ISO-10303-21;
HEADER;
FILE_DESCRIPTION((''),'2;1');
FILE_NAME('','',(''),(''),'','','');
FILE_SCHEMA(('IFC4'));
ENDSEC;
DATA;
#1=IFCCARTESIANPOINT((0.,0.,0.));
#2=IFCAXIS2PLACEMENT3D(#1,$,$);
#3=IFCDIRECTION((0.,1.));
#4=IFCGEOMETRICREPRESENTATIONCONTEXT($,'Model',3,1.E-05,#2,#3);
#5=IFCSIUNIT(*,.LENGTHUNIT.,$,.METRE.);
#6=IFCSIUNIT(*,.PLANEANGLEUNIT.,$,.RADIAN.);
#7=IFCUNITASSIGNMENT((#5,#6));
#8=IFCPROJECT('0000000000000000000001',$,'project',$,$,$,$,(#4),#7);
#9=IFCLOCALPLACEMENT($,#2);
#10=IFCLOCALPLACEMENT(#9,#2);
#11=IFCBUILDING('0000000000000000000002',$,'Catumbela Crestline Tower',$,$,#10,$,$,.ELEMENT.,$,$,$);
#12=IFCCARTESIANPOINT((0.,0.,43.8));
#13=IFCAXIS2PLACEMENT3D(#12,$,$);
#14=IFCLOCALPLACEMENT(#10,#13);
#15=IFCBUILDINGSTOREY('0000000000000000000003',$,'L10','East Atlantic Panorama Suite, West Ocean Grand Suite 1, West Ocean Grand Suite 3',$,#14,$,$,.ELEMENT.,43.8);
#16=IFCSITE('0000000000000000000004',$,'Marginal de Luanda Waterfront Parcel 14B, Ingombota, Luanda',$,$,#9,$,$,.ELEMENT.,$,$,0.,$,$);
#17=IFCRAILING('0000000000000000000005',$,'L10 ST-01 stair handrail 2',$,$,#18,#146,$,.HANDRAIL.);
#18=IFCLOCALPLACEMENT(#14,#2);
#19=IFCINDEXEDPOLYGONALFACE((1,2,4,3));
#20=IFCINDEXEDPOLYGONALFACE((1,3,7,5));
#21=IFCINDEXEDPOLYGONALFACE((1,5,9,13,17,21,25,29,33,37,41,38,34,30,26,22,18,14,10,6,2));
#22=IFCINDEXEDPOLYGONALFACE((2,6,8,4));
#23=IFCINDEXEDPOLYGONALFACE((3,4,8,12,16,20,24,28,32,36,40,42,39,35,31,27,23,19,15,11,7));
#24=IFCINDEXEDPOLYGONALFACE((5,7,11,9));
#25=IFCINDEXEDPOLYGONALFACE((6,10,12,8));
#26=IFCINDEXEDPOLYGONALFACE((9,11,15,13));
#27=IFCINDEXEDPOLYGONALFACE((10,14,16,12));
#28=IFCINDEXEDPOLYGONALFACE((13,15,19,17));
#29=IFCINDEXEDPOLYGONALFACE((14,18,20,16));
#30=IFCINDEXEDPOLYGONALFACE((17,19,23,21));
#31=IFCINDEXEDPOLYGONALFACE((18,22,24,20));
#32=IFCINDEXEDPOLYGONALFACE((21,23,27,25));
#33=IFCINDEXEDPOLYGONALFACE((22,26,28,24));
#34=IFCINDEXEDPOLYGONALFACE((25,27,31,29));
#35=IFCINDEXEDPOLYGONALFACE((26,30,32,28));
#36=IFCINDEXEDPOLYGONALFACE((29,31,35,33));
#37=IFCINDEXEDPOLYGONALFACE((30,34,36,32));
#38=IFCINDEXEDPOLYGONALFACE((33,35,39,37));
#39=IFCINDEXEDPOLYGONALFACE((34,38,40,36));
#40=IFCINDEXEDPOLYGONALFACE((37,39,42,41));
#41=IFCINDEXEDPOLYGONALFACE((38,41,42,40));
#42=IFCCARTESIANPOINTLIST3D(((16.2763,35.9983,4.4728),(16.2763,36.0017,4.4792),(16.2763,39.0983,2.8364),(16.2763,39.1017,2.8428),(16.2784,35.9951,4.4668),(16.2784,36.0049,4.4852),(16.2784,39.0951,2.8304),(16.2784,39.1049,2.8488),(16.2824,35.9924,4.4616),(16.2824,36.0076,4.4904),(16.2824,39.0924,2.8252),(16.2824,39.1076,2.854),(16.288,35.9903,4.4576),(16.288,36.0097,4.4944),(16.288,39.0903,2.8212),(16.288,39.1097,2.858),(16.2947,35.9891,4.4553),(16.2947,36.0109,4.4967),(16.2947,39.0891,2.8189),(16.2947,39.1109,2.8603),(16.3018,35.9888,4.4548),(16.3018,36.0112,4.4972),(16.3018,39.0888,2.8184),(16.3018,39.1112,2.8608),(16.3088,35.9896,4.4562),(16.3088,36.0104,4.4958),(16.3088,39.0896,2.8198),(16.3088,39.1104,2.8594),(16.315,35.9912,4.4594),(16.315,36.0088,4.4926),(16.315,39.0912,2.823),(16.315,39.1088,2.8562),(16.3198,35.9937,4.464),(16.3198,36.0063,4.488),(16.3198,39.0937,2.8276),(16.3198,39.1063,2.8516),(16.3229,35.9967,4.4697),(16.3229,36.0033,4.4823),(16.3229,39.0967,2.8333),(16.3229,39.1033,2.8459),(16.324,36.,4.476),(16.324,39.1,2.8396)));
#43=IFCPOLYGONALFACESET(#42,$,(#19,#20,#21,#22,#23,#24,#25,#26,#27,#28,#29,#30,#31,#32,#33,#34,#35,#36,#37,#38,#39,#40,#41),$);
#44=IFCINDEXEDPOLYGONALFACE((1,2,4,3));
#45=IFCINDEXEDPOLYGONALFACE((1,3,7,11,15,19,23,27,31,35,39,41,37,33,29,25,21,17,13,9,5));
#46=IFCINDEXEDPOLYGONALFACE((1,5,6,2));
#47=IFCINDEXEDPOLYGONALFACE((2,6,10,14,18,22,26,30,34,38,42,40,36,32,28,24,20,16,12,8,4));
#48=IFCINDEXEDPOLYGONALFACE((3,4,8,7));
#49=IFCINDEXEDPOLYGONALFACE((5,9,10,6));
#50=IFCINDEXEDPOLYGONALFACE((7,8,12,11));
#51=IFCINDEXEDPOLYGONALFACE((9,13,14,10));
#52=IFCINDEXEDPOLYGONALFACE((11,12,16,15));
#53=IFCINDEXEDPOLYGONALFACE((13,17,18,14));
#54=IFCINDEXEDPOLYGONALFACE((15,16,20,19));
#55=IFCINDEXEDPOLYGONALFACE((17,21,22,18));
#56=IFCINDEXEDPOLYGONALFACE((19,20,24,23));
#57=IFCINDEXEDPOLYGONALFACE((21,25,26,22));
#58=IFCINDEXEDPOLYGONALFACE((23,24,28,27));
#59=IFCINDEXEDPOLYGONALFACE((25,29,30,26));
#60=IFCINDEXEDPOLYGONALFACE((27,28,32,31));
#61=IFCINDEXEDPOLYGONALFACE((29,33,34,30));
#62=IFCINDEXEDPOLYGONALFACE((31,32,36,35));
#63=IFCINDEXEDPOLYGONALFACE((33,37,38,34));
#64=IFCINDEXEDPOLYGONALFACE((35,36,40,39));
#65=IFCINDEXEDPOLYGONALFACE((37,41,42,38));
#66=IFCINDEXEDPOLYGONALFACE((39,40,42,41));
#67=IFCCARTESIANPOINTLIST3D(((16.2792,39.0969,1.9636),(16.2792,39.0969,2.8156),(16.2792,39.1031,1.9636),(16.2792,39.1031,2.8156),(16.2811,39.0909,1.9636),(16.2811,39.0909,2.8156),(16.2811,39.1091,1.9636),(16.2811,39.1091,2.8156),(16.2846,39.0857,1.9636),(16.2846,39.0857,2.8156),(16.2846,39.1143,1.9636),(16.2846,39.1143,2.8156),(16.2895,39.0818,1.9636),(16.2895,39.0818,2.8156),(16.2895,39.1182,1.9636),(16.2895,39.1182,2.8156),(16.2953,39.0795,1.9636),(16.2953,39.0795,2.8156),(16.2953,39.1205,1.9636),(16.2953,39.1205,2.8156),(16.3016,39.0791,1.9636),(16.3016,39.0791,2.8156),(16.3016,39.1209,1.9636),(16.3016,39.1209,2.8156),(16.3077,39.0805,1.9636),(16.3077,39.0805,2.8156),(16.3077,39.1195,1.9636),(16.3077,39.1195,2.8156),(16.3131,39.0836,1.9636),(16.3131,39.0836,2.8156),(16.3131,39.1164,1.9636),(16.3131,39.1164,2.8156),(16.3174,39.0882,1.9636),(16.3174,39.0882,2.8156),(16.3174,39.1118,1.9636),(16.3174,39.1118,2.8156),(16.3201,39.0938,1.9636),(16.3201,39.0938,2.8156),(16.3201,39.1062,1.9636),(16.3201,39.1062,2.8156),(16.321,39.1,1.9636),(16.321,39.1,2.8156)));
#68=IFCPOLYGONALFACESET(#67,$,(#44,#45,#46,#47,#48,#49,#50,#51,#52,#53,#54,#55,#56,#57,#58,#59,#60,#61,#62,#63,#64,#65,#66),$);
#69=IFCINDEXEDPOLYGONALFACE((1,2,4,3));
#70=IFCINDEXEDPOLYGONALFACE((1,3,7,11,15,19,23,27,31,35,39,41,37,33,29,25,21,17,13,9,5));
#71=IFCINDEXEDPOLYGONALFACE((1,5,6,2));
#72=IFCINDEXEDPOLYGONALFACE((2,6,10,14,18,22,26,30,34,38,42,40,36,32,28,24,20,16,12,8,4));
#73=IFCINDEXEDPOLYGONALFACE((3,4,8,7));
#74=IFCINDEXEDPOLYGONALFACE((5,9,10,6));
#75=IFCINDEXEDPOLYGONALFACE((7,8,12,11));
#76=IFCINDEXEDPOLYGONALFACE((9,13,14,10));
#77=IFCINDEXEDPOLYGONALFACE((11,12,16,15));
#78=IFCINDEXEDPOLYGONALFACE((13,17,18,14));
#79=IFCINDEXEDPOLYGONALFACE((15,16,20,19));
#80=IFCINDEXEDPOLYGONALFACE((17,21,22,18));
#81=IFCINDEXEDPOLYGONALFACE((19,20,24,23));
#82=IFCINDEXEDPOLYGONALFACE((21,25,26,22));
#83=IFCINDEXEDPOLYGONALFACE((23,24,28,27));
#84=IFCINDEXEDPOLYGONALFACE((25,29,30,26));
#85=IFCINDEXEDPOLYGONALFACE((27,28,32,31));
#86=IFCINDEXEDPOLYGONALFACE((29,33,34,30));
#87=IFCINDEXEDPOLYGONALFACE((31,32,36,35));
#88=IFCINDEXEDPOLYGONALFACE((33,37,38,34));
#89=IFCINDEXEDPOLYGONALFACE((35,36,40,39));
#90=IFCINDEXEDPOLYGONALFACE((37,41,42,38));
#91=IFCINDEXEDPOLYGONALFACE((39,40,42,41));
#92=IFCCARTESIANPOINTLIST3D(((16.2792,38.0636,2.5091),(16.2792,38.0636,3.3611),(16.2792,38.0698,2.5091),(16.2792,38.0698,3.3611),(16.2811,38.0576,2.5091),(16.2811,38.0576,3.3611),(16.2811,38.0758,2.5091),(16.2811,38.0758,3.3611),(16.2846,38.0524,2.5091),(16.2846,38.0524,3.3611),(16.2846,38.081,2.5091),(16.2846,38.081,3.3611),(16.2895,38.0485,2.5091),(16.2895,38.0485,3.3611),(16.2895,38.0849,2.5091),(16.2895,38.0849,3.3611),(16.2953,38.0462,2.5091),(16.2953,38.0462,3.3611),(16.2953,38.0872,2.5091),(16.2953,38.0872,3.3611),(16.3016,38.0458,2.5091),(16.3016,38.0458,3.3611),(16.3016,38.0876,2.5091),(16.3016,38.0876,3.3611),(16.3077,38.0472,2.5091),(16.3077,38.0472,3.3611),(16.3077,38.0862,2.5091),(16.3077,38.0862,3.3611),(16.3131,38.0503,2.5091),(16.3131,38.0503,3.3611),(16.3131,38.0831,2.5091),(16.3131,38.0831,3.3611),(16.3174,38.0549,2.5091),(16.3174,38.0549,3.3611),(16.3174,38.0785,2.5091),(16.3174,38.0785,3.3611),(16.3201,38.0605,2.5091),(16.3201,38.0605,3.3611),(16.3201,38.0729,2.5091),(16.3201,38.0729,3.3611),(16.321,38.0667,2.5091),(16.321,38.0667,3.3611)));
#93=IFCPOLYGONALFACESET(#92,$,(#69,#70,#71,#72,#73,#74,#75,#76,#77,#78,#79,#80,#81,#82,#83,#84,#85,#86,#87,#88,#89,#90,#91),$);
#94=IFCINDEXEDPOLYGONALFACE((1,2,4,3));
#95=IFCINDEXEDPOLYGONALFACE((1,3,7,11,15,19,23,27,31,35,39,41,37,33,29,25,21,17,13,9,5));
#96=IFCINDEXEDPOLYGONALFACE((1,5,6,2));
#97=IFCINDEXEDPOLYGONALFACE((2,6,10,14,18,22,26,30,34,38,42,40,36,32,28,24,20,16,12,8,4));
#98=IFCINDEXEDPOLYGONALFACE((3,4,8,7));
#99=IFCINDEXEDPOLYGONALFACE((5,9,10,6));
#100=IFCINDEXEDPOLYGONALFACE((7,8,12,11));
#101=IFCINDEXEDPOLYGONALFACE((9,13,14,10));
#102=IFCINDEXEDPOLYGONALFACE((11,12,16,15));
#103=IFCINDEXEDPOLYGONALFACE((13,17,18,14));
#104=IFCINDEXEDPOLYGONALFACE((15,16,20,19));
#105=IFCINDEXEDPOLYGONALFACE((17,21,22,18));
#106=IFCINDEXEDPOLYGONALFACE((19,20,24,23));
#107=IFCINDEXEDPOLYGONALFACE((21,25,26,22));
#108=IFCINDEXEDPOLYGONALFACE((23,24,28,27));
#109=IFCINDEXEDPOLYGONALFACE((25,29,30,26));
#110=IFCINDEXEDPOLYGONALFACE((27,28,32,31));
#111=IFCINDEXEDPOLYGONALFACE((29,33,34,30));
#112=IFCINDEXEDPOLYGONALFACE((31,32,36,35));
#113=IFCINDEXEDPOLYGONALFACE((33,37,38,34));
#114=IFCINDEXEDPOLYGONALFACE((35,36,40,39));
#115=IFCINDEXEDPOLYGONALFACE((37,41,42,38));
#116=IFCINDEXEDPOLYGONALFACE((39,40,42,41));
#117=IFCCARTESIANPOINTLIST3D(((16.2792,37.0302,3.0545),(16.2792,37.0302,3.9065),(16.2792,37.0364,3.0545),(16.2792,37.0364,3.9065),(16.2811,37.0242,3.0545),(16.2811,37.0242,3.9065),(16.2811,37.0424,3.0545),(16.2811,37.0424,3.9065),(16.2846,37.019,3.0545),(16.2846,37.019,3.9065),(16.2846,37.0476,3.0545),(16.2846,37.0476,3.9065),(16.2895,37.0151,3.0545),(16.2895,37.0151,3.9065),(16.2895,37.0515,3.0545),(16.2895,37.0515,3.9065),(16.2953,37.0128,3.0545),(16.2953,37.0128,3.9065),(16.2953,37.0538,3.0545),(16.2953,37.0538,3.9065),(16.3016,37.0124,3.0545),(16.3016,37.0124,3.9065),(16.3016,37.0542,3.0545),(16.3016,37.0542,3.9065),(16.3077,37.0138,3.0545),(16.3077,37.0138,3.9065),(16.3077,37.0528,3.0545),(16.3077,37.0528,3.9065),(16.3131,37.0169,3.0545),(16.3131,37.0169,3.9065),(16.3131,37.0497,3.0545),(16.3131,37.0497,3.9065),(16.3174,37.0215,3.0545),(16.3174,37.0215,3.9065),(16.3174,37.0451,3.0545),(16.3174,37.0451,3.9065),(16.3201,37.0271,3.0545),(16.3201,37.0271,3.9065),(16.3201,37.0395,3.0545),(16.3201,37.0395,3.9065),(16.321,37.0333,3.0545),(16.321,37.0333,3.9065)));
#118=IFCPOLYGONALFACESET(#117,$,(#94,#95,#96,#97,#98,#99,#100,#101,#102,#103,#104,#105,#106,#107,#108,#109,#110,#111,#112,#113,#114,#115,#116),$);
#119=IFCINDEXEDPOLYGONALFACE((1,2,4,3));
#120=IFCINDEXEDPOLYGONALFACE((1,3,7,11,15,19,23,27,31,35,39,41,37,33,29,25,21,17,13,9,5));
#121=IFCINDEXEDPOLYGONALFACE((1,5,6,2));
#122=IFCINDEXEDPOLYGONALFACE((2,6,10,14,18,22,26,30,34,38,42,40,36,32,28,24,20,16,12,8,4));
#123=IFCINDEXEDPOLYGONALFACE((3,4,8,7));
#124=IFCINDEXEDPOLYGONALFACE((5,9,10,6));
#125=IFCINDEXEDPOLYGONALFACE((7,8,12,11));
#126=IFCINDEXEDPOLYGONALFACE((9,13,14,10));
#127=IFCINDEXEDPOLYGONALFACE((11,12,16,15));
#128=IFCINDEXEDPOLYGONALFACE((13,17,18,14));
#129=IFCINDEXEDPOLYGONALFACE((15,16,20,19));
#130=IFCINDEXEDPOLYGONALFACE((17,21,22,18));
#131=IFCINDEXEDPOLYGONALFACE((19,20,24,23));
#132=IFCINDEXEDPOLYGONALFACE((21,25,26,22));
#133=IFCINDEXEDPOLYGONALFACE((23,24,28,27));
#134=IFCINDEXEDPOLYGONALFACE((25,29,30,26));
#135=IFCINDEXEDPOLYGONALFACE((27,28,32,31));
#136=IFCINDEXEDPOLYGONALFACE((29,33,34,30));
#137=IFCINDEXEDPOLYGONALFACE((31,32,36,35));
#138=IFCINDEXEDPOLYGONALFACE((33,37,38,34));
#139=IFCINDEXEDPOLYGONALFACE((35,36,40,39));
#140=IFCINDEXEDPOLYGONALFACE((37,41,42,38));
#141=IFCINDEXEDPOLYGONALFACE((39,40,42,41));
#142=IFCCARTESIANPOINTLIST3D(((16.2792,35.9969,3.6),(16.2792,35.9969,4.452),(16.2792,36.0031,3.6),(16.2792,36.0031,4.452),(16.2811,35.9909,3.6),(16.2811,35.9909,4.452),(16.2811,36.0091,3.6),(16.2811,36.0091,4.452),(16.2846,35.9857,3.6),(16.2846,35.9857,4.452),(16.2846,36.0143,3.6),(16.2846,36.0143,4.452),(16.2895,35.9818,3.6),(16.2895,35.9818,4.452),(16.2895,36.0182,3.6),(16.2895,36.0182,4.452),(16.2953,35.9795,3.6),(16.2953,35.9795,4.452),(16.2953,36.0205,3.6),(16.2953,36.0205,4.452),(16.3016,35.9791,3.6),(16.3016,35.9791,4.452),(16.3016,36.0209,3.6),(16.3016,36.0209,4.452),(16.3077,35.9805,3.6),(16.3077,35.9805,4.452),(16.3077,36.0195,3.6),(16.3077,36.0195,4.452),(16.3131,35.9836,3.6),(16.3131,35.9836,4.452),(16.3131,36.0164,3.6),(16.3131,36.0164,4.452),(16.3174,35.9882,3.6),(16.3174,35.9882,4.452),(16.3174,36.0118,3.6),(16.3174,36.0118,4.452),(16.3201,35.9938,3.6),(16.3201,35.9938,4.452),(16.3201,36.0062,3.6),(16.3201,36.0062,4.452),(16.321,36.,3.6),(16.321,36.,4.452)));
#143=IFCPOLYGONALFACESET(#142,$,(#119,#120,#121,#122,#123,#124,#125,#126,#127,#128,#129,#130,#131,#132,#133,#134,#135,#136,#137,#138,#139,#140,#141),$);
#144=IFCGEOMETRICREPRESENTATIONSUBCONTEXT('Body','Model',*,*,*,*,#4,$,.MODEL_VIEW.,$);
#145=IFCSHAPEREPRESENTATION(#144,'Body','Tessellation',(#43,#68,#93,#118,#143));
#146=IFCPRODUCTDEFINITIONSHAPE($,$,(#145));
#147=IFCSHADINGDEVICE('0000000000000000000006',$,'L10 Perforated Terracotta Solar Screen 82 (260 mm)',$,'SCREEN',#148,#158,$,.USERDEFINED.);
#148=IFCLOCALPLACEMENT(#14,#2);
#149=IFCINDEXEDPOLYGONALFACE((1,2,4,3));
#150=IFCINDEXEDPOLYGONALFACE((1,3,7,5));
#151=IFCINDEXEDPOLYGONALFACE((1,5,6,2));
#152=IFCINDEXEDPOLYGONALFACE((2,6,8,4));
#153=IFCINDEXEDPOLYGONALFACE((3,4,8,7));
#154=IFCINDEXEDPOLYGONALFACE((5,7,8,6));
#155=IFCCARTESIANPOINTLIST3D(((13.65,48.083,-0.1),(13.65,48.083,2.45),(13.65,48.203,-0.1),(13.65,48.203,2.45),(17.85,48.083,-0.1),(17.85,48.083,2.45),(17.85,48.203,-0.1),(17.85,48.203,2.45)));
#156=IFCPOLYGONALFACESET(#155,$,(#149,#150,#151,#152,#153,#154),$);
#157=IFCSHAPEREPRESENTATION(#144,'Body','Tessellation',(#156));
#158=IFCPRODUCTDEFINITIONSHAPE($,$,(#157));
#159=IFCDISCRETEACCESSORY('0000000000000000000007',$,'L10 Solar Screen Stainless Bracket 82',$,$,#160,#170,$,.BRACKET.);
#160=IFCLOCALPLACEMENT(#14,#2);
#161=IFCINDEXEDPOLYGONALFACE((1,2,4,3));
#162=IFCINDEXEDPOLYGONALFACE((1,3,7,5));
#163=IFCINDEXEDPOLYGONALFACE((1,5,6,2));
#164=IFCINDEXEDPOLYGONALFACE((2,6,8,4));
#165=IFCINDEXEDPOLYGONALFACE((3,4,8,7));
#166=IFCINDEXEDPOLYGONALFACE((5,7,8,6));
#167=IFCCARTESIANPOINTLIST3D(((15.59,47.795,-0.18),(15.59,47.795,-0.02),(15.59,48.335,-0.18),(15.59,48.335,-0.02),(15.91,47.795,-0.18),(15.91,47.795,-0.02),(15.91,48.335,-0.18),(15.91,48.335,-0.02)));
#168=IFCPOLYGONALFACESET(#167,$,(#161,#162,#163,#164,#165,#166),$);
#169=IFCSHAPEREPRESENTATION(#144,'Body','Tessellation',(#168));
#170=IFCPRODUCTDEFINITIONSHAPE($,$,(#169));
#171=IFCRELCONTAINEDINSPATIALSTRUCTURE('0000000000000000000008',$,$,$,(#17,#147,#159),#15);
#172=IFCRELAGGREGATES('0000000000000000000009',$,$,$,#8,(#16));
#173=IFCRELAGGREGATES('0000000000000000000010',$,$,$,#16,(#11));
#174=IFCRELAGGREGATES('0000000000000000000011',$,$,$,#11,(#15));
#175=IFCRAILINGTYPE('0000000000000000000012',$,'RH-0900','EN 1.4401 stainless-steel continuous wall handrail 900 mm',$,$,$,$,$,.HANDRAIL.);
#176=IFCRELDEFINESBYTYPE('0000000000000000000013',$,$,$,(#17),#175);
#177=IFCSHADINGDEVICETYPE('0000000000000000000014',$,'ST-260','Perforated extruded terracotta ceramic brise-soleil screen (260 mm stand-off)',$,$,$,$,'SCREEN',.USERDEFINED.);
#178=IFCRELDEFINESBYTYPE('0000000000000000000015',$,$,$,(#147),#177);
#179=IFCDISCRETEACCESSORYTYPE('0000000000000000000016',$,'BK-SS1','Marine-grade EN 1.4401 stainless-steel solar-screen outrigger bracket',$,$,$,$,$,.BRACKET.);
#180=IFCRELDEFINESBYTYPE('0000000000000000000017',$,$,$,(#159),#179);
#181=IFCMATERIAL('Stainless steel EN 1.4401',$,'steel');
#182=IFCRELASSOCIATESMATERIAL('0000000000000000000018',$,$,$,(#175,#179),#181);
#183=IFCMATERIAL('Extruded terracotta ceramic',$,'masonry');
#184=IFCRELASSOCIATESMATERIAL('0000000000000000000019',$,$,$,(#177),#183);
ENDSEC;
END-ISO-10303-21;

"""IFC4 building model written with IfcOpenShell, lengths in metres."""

from ifc_helpers import new_model, si_unit, direction, frame, origin, origin_2d, place, context, subcontext, project, spatial, rectangle, circle, extrude, material, type_object, element, save


model = new_model("IFC4")

# Units and contexts
model_context = context("Model", 3, precision=1e-05, world=origin(), true_north=direction((0.0, 1.0)))
body_context = subcontext(model_context, "Body", "Model", "MODEL_VIEW")
ifc_project = project(units=[si_unit("LENGTHUNIT", "METRE"), si_unit("PLANEANGLEUNIT", "RADIAN")], contexts=[model_context])

# Site, building, storey
site_placement = place(None, origin())
site = spatial("IfcSite", under=ifc_project, at=site_placement, Name="Marginal de Luanda Waterfront Parcel 14B, Ingombota, Luanda", CompositionType="ELEMENT", RefElevation=0.0)
building_placement = place(site_placement, origin())
building = spatial("IfcBuilding", under=site, at=building_placement, Name="Catumbela Crestline Tower", CompositionType="ELEMENT")
storey_placement = place(building_placement, frame((0.0, 0.0, 43.8)))
storey = spatial("IfcBuildingStorey", under=building, at=storey_placement, Name="L10", Description="East Atlantic Panorama Suite, West Ocean Grand Suite 1, West Ocean Grand Suite 3", CompositionType="ELEMENT", Elevation=43.8)

# Shared definitions
ifc_material_1 = material(Name="Stainless steel EN 1.4401", Category="steel")

# Shared definitions
ifc_material_2 = material(Name="Extruded terracotta ceramic", Category="masonry")

# Railing
railing_type_1 = type_object("IfcRailingType", Name="RH-0900", Description="EN 1.4401 stainless-steel continuous wall handrail 900 mm", PredefinedType="HANDRAIL", material=ifc_material_1)
railing_1_placement = place(storey_placement, frame((16.3, 39.1, 1.9636)))
element("IfcRailing", 1, at=railing_1_placement, inside=storey, type_object=railing_type_1, Name="L10 ST-01 stair handrail 2", PredefinedType="HANDRAIL", context=body_context, shape_type="SweptSolid", body=[
    extrude(circle(Radius=0.024, at=origin_2d()), frame((0.0, 0.0, 0.876), z_axis=(0.0, -0.884351, 0.466823), x_axis=(1.0, 0.0, 0.0)), (0.0, 0.0, 1.0), 3.5054),
    extrude(circle(Radius=0.021, at=origin_2d()), origin(), (0.0, 0.0, 1.0), 0.852),
    extrude(circle(Radius=0.021, at=origin_2d()), frame((0.0, -1.0333, 0.5455)), (0.0, 0.0, 1.0), 0.852),
    extrude(circle(Radius=0.021, at=origin_2d()), frame((0.0, -2.0667, 1.0909)), (0.0, 0.0, 1.0), 0.852),
    extrude(circle(Radius=0.021, at=origin_2d()), frame((0.0, -3.1, 1.6364)), (0.0, 0.0, 1.0), 0.852),
])

# Shading device
shading_device_type = type_object("IfcShadingDeviceType", Name="ST-260", Description="Perforated extruded terracotta ceramic brise-soleil screen (260 mm stand-off)", ElementType="SCREEN", PredefinedType="USERDEFINED", material=ifc_material_2)
shading_device_placement = place(storey_placement, frame((15.75, 48.143, -0.1), z_axis=(0.0, 0.0, 1.0), x_axis=(-1.0, 0.0, 0.0)))
element("IfcShadingDevice", 2, at=shading_device_placement, inside=storey, type_object=shading_device_type, Name="L10 Perforated Terracotta Solar Screen 82 (260 mm)", ObjectType="SCREEN", PredefinedType="USERDEFINED", context=body_context, shape_type="SweptSolid", body=[
    extrude(rectangle(XDim=4.2, YDim=0.12, at=origin_2d()), origin(), (0.0, 0.0, 1.0), 2.55),
])

# Discrete accessory
discrete_accessory_type = type_object("IfcDiscreteAccessoryType", Name="BK-SS1", Description="Marine-grade EN 1.4401 stainless-steel solar-screen outrigger bracket", PredefinedType="BRACKET", material=ifc_material_1)
discrete_accessory_placement = place(storey_placement, frame((15.75, 48.065, -0.18), z_axis=(0.0, 0.0, 1.0), x_axis=(-1.0, 0.0, 0.0)))
element("IfcDiscreteAccessory", 3, at=discrete_accessory_placement, inside=storey, type_object=discrete_accessory_type, Name="L10 Solar Screen Stainless Bracket 82", PredefinedType="BRACKET", context=body_context, shape_type="SweptSolid", body=[
    extrude(rectangle(XDim=0.32, YDim=0.54, at=origin_2d()), origin(), (0.0, 0.0, 1.0), 0.16),
])

save(model, "model.ifc")
